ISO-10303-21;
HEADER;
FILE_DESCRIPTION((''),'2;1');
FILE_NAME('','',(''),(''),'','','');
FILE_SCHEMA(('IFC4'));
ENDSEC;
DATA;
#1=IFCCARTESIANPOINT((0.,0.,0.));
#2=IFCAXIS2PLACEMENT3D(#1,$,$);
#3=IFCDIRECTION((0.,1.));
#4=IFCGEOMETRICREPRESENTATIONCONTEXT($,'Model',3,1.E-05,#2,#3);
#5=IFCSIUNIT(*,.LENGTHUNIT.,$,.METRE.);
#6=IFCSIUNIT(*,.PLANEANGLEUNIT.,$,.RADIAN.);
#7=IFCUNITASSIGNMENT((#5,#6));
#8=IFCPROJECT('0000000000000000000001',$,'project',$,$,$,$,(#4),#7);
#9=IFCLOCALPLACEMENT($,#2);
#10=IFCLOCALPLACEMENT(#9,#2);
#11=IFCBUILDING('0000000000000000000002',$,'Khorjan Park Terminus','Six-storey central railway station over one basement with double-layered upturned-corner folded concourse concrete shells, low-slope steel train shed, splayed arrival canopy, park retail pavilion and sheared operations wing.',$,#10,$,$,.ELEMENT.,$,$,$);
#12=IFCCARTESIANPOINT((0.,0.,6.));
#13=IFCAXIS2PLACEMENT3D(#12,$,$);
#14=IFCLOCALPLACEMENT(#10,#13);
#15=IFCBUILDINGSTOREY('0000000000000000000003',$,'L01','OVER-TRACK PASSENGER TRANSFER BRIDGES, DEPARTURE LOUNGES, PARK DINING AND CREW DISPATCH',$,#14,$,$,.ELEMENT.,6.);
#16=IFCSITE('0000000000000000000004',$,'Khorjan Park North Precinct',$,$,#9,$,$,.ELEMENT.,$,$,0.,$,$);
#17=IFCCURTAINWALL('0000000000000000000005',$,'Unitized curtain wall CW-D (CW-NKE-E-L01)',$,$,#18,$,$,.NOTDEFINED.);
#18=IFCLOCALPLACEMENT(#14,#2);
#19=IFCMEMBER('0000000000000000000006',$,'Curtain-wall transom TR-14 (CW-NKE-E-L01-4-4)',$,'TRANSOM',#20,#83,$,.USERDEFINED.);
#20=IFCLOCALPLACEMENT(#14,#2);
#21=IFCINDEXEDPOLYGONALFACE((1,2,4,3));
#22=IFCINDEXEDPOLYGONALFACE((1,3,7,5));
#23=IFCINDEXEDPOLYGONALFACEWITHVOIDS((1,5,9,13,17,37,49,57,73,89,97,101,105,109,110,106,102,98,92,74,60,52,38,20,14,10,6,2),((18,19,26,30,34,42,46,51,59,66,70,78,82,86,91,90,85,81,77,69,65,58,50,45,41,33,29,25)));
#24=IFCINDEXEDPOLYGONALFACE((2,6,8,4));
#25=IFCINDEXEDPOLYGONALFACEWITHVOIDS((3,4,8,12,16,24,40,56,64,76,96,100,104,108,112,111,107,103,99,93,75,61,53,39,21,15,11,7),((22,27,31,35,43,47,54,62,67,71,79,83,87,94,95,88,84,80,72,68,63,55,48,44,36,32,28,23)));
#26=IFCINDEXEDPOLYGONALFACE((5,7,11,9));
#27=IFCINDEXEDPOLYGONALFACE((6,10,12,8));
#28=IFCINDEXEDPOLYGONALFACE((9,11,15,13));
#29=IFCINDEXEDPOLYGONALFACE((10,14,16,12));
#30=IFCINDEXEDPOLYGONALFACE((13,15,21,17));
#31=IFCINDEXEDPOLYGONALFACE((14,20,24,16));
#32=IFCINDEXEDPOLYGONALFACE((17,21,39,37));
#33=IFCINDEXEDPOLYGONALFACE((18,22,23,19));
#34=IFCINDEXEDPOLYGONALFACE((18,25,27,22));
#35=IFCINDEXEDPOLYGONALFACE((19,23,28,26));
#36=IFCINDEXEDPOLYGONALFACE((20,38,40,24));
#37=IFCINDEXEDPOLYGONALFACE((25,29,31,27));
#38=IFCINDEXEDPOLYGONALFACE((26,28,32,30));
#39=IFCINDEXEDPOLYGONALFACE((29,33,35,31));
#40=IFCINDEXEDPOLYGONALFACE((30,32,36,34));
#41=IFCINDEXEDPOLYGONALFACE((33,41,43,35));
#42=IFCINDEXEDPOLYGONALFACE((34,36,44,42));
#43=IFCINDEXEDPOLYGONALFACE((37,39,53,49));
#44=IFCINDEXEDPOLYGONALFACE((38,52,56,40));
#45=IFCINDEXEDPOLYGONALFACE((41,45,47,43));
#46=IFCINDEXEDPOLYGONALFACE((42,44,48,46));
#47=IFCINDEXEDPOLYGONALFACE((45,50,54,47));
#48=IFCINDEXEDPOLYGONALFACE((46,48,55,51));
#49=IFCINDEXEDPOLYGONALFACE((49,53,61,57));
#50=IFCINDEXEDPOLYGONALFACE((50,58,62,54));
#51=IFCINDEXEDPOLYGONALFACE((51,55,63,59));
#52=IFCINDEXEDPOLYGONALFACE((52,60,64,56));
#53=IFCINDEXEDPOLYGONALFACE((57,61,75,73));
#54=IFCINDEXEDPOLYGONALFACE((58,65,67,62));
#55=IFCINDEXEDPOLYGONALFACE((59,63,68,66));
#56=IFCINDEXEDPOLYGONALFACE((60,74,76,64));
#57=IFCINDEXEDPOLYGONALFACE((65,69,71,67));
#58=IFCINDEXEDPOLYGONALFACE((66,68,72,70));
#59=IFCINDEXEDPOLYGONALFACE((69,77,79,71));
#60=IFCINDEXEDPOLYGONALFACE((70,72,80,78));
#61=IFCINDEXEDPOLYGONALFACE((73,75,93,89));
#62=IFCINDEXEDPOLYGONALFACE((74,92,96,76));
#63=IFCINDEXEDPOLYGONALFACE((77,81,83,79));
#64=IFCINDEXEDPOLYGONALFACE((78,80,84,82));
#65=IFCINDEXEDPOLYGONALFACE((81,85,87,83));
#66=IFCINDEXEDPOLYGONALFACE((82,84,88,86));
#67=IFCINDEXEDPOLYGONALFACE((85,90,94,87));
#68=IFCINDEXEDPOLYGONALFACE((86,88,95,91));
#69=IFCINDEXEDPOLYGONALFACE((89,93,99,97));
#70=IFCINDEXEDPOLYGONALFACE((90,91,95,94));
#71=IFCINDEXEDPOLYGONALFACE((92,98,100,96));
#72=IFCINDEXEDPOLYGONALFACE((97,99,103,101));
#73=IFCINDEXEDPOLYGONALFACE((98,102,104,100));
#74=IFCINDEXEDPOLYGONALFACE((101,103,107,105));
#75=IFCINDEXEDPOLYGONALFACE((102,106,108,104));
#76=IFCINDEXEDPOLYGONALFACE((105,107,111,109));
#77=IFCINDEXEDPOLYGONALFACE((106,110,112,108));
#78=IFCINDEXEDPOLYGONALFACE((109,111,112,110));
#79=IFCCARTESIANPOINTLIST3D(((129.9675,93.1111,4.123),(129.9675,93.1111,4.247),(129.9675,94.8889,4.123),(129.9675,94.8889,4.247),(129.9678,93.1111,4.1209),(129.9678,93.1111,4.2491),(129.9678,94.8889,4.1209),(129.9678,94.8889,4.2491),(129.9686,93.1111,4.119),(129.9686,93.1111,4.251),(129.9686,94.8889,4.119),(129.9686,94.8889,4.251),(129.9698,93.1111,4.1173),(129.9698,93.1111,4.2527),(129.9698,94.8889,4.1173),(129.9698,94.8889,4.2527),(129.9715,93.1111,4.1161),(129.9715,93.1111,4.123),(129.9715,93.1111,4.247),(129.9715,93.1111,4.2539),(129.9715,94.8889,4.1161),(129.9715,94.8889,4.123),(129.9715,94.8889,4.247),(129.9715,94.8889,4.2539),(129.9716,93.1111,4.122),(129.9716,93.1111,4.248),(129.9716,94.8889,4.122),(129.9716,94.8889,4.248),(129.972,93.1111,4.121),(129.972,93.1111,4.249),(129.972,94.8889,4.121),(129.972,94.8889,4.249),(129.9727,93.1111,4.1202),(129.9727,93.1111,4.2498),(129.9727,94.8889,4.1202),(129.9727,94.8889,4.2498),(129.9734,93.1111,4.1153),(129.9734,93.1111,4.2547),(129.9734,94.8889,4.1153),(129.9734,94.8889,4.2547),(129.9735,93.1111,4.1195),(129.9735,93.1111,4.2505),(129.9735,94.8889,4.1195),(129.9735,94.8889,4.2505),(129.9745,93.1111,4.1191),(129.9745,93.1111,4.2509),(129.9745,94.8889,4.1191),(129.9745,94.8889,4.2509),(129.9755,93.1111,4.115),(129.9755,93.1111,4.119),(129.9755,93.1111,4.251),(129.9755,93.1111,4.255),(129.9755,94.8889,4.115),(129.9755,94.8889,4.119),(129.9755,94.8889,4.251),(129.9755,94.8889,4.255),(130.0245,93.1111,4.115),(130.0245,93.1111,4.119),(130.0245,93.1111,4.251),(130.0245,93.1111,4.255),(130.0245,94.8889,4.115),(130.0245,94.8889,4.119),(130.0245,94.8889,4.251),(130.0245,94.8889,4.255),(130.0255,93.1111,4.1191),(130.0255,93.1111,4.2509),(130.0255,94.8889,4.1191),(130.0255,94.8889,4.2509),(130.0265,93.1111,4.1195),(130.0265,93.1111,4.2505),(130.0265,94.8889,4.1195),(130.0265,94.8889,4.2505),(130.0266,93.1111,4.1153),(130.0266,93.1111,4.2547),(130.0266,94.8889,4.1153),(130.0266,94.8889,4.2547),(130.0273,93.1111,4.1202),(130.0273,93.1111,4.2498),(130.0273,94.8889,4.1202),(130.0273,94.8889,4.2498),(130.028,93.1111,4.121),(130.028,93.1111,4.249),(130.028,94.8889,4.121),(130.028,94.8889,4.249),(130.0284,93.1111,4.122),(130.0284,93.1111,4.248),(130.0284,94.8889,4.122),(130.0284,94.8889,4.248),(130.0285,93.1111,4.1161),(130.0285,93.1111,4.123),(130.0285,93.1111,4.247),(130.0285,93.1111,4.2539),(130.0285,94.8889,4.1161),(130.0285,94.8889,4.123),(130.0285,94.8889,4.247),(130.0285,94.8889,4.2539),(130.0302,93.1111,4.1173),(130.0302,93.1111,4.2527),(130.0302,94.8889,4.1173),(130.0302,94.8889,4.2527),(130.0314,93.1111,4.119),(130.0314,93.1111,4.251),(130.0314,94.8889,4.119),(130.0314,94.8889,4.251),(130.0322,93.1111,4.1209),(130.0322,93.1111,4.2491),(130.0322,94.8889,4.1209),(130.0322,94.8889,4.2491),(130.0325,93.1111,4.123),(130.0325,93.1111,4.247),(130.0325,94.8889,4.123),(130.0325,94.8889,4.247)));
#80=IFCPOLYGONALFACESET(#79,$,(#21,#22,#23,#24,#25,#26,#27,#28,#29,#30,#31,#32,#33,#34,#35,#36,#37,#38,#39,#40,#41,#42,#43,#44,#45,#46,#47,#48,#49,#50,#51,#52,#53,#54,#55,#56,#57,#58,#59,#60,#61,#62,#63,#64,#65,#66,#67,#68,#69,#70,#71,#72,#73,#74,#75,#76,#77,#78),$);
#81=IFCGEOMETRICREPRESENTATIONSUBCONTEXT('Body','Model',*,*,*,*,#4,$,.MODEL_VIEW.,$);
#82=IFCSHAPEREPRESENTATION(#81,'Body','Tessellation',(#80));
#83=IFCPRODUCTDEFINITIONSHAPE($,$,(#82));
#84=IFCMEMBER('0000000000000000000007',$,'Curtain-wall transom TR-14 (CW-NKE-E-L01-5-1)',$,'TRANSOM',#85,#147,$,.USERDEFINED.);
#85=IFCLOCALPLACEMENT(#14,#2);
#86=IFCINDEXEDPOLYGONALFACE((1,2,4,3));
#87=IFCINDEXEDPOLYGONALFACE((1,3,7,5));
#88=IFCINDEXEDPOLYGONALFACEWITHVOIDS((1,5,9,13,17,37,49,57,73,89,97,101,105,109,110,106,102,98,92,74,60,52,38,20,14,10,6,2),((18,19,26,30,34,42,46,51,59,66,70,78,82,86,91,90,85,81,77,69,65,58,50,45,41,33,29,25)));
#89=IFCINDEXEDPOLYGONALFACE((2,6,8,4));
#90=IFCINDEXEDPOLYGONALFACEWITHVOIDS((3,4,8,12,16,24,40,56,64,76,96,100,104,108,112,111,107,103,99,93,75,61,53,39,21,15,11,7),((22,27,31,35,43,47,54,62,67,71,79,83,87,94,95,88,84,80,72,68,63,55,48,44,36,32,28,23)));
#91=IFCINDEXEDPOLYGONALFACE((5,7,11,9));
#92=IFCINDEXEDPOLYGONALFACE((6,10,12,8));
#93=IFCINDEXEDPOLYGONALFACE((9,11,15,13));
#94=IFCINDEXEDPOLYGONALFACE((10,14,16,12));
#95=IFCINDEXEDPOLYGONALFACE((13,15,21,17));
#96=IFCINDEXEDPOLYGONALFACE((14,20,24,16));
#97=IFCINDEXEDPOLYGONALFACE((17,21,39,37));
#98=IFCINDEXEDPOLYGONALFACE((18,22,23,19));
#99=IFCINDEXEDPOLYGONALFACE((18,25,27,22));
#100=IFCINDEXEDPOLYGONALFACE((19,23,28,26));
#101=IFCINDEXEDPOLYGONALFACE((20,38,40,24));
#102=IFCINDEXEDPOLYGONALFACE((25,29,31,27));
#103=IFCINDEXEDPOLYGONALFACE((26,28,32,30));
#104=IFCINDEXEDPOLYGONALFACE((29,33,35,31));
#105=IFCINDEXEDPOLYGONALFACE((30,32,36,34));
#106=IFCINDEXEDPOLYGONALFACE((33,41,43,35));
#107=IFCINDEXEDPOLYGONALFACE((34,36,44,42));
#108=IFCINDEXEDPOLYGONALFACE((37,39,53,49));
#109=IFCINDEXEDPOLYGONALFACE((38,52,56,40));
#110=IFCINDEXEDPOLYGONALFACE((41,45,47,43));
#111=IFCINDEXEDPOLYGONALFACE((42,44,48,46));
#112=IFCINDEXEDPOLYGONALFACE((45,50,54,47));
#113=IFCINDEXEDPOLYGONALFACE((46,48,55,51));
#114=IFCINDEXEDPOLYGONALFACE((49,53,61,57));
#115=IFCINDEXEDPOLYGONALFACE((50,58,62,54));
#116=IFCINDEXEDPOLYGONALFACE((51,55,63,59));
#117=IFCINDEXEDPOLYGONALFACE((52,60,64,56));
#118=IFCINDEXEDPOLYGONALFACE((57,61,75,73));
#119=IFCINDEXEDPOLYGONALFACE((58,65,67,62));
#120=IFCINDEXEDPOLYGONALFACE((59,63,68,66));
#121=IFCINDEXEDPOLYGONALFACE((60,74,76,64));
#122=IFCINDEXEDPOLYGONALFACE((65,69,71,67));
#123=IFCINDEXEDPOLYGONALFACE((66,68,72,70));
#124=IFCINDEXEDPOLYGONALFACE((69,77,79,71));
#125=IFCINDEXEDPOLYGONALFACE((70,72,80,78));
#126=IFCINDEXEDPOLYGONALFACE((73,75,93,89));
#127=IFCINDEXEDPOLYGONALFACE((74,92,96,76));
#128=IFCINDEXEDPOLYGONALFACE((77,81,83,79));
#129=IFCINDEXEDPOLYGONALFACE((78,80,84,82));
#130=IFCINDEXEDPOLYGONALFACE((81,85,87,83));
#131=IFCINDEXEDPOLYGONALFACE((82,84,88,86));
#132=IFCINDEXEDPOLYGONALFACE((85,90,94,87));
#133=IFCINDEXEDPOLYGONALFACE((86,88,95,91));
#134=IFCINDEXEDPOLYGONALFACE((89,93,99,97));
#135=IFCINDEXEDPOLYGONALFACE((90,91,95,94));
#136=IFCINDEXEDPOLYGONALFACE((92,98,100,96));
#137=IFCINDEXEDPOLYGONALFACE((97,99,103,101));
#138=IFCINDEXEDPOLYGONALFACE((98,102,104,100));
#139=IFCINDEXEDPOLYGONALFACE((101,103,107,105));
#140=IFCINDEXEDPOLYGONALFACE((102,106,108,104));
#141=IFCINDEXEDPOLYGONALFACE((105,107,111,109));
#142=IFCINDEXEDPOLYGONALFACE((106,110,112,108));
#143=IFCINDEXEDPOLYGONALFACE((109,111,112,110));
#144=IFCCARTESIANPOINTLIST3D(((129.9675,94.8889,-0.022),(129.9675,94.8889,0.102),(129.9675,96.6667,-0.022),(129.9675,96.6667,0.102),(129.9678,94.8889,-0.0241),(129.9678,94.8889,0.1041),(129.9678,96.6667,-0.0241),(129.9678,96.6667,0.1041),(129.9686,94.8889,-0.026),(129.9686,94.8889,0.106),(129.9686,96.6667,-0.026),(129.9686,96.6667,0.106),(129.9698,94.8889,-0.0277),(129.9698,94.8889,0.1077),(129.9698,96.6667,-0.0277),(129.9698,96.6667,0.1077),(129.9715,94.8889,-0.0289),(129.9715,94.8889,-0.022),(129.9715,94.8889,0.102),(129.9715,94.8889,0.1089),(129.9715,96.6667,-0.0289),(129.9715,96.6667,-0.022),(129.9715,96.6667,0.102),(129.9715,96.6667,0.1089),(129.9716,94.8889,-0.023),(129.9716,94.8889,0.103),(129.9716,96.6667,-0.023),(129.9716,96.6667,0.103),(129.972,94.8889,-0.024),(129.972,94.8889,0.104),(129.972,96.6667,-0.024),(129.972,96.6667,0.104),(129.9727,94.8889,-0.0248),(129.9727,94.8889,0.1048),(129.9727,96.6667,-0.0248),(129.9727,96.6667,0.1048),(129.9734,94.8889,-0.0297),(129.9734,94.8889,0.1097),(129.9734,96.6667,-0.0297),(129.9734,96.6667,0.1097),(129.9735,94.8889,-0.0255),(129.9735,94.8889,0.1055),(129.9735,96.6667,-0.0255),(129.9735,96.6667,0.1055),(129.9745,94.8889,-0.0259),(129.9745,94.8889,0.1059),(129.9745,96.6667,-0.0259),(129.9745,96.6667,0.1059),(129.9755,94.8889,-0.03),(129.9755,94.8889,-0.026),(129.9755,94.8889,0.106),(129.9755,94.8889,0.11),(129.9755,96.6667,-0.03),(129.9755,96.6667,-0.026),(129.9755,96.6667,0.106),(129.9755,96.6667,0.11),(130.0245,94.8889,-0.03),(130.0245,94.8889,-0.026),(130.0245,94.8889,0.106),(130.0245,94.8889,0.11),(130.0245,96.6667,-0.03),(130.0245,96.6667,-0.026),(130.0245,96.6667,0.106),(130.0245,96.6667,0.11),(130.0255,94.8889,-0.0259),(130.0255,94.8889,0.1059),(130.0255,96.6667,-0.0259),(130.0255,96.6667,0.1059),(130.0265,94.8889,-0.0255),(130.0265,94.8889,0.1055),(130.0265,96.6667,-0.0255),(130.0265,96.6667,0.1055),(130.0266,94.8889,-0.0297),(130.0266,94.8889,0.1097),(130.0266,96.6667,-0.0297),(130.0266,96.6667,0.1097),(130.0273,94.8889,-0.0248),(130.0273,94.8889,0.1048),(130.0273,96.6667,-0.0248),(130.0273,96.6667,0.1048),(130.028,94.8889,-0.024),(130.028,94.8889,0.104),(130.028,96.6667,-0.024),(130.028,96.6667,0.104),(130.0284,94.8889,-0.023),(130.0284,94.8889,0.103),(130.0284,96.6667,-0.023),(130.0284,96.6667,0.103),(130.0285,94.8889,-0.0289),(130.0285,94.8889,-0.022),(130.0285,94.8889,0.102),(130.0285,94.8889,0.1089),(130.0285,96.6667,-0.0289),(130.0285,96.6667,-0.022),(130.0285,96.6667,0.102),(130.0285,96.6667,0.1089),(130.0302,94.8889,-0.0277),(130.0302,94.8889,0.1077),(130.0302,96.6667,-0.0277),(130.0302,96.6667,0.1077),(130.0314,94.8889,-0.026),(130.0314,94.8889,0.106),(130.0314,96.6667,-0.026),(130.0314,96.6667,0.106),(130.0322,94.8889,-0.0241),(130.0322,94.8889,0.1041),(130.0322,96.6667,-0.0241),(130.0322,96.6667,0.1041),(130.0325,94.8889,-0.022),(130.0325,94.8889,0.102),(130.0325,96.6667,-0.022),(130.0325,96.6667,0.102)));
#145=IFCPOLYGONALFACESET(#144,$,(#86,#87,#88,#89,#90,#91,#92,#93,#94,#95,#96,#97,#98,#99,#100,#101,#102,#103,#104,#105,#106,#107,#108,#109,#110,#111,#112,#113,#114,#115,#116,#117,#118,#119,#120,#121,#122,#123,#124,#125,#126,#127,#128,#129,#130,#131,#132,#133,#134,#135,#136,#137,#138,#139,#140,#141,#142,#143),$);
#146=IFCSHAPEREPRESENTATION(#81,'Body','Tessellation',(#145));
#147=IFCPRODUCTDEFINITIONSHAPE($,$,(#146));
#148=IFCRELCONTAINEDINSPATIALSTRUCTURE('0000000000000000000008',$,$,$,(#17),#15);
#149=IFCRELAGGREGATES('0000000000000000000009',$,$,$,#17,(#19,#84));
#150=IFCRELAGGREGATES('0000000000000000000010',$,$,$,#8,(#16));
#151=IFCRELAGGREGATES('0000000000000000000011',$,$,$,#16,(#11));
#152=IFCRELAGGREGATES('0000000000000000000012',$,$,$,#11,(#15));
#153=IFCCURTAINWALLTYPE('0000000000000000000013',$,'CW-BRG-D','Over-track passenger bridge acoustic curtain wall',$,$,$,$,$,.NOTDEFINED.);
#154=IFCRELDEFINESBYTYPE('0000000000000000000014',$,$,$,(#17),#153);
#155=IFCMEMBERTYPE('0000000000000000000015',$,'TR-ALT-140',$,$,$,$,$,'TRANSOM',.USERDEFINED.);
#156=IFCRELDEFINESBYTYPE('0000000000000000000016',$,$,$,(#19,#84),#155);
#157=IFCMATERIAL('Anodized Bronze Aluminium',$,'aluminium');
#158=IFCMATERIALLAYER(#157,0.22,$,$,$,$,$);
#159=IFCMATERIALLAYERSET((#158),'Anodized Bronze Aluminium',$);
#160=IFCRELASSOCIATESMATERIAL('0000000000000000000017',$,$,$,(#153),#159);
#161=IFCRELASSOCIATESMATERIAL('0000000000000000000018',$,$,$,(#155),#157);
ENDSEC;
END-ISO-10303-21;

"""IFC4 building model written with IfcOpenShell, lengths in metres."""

from ifc_helpers import new_model, si_unit, direction, frame, origin, origin_2d, place, context, subcontext, project, spatial, hollow_rectangle, extrude, material, layer, layer_set, material_profile, profile_set, type_object, element, aggregate, save


model = new_model("IFC4")

# Units and contexts
model_context = context("Model", 3, precision=1e-05, world=origin(), true_north=direction((0.0, 1.0)))
body_context = subcontext(model_context, "Body", "Model", "MODEL_VIEW")
ifc_project = project(units=[si_unit("LENGTHUNIT", "METRE"), si_unit("PLANEANGLEUNIT", "RADIAN")], contexts=[model_context])

# Site, building, storey
site_placement = place(None, origin())
site = spatial("IfcSite", under=ifc_project, at=site_placement, Name="Khorjan Park North Precinct", CompositionType="ELEMENT", RefElevation=0.0)
building_placement = place(site_placement, origin())
building = spatial("IfcBuilding", under=site, at=building_placement, Name="Khorjan Park Terminus", Description="Six-storey central railway station over one basement with double-layered upturned-corner folded concourse concrete shells, low-slope steel train shed, splayed arrival canopy, park retail pavilion and sheared operations wing.", CompositionType="ELEMENT")
storey_placement = place(building_placement, frame((0.0, 0.0, 6.0)))
storey = spatial("IfcBuildingStorey", under=building, at=storey_placement, Name="L01", Description="OVER-TRACK PASSENGER TRANSFER BRIDGES, DEPARTURE LOUNGES, PARK DINING AND CREW DISPATCH", CompositionType="ELEMENT", Elevation=6.0)

# Curtain wall, members
ifc_material_1 = material(Name="Anodized Bronze Aluminium", Category="aluminium")
ifc_layer_1 = layer(ifc_material_1, 0.22)
ifc_layer_set_1 = layer_set([ifc_layer_1], Name="Anodized Bronze Aluminium")
curtain_wall_type = type_object("IfcCurtainWallType", Name="CW-BRG-D", Description="Over-track passenger bridge acoustic curtain wall", PredefinedType="NOTDEFINED", material=ifc_layer_set_1)
curtain_wall_placement = place(storey_placement, origin())
curtain_wall = element("IfcCurtainWall", 1, at=curtain_wall_placement, inside=storey, type_object=curtain_wall_type, Name="Unitized curtain wall CW-D (CW-NKE-E-L01)", PredefinedType="NOTDEFINED")
ifc_material_profile_1 = material_profile(ifc_material_1, hollow_rectangle(XDim=0.065, YDim=0.14, WallThickness=0.004, InnerFilletRadius=0.004, OuterFilletRadius=0.008, at=origin_2d()), Name="ALT 65x140x4")
ifc_profile_set_1 = profile_set([ifc_material_profile_1], Name="Anodized Bronze Aluminium")
member_type_1 = type_object("IfcMemberType", Name="TR-ALT-140", ElementType="TRANSOM", PredefinedType="USERDEFINED", material=ifc_profile_set_1)
member_1_placement = place(storey_placement, frame((130.0, 93.1111, 4.185), z_axis=(0.0, 1.0, 0.0), x_axis=(-1.0, 0.0, 0.0)))
member_1 = element("IfcMember", 2, at=member_1_placement, type_object=member_type_1, Name="Curtain-wall transom TR-14 (CW-NKE-E-L01-4-4)", ObjectType="TRANSOM", PredefinedType="USERDEFINED", context=body_context, shape_type="SweptSolid", body=[
    extrude(hollow_rectangle(XDim=0.065, YDim=0.14, WallThickness=0.004, InnerFilletRadius=0.004, OuterFilletRadius=0.008, at=origin_2d()), origin(), (0.0, 0.0, 1.0), 1.7778),
])
member_2_placement = place(storey_placement, frame((130.0, 94.8889, 0.04), z_axis=(0.0, 1.0, 0.0), x_axis=(-1.0, 0.0, 0.0)))
member_2 = element("IfcMember", 3, at=member_2_placement, type_object=member_type_1, Name="Curtain-wall transom TR-14 (CW-NKE-E-L01-5-1)", ObjectType="TRANSOM", PredefinedType="USERDEFINED", context=body_context, shape_type="SweptSolid", body=[
    extrude(hollow_rectangle(XDim=0.065, YDim=0.14, WallThickness=0.004, InnerFilletRadius=0.004, OuterFilletRadius=0.008, at=origin_2d()), origin(), (0.0, 0.0, 1.0), 1.7778),
])
aggregate(curtain_wall, [member_1, member_2])

save(model, "model.ifc")
